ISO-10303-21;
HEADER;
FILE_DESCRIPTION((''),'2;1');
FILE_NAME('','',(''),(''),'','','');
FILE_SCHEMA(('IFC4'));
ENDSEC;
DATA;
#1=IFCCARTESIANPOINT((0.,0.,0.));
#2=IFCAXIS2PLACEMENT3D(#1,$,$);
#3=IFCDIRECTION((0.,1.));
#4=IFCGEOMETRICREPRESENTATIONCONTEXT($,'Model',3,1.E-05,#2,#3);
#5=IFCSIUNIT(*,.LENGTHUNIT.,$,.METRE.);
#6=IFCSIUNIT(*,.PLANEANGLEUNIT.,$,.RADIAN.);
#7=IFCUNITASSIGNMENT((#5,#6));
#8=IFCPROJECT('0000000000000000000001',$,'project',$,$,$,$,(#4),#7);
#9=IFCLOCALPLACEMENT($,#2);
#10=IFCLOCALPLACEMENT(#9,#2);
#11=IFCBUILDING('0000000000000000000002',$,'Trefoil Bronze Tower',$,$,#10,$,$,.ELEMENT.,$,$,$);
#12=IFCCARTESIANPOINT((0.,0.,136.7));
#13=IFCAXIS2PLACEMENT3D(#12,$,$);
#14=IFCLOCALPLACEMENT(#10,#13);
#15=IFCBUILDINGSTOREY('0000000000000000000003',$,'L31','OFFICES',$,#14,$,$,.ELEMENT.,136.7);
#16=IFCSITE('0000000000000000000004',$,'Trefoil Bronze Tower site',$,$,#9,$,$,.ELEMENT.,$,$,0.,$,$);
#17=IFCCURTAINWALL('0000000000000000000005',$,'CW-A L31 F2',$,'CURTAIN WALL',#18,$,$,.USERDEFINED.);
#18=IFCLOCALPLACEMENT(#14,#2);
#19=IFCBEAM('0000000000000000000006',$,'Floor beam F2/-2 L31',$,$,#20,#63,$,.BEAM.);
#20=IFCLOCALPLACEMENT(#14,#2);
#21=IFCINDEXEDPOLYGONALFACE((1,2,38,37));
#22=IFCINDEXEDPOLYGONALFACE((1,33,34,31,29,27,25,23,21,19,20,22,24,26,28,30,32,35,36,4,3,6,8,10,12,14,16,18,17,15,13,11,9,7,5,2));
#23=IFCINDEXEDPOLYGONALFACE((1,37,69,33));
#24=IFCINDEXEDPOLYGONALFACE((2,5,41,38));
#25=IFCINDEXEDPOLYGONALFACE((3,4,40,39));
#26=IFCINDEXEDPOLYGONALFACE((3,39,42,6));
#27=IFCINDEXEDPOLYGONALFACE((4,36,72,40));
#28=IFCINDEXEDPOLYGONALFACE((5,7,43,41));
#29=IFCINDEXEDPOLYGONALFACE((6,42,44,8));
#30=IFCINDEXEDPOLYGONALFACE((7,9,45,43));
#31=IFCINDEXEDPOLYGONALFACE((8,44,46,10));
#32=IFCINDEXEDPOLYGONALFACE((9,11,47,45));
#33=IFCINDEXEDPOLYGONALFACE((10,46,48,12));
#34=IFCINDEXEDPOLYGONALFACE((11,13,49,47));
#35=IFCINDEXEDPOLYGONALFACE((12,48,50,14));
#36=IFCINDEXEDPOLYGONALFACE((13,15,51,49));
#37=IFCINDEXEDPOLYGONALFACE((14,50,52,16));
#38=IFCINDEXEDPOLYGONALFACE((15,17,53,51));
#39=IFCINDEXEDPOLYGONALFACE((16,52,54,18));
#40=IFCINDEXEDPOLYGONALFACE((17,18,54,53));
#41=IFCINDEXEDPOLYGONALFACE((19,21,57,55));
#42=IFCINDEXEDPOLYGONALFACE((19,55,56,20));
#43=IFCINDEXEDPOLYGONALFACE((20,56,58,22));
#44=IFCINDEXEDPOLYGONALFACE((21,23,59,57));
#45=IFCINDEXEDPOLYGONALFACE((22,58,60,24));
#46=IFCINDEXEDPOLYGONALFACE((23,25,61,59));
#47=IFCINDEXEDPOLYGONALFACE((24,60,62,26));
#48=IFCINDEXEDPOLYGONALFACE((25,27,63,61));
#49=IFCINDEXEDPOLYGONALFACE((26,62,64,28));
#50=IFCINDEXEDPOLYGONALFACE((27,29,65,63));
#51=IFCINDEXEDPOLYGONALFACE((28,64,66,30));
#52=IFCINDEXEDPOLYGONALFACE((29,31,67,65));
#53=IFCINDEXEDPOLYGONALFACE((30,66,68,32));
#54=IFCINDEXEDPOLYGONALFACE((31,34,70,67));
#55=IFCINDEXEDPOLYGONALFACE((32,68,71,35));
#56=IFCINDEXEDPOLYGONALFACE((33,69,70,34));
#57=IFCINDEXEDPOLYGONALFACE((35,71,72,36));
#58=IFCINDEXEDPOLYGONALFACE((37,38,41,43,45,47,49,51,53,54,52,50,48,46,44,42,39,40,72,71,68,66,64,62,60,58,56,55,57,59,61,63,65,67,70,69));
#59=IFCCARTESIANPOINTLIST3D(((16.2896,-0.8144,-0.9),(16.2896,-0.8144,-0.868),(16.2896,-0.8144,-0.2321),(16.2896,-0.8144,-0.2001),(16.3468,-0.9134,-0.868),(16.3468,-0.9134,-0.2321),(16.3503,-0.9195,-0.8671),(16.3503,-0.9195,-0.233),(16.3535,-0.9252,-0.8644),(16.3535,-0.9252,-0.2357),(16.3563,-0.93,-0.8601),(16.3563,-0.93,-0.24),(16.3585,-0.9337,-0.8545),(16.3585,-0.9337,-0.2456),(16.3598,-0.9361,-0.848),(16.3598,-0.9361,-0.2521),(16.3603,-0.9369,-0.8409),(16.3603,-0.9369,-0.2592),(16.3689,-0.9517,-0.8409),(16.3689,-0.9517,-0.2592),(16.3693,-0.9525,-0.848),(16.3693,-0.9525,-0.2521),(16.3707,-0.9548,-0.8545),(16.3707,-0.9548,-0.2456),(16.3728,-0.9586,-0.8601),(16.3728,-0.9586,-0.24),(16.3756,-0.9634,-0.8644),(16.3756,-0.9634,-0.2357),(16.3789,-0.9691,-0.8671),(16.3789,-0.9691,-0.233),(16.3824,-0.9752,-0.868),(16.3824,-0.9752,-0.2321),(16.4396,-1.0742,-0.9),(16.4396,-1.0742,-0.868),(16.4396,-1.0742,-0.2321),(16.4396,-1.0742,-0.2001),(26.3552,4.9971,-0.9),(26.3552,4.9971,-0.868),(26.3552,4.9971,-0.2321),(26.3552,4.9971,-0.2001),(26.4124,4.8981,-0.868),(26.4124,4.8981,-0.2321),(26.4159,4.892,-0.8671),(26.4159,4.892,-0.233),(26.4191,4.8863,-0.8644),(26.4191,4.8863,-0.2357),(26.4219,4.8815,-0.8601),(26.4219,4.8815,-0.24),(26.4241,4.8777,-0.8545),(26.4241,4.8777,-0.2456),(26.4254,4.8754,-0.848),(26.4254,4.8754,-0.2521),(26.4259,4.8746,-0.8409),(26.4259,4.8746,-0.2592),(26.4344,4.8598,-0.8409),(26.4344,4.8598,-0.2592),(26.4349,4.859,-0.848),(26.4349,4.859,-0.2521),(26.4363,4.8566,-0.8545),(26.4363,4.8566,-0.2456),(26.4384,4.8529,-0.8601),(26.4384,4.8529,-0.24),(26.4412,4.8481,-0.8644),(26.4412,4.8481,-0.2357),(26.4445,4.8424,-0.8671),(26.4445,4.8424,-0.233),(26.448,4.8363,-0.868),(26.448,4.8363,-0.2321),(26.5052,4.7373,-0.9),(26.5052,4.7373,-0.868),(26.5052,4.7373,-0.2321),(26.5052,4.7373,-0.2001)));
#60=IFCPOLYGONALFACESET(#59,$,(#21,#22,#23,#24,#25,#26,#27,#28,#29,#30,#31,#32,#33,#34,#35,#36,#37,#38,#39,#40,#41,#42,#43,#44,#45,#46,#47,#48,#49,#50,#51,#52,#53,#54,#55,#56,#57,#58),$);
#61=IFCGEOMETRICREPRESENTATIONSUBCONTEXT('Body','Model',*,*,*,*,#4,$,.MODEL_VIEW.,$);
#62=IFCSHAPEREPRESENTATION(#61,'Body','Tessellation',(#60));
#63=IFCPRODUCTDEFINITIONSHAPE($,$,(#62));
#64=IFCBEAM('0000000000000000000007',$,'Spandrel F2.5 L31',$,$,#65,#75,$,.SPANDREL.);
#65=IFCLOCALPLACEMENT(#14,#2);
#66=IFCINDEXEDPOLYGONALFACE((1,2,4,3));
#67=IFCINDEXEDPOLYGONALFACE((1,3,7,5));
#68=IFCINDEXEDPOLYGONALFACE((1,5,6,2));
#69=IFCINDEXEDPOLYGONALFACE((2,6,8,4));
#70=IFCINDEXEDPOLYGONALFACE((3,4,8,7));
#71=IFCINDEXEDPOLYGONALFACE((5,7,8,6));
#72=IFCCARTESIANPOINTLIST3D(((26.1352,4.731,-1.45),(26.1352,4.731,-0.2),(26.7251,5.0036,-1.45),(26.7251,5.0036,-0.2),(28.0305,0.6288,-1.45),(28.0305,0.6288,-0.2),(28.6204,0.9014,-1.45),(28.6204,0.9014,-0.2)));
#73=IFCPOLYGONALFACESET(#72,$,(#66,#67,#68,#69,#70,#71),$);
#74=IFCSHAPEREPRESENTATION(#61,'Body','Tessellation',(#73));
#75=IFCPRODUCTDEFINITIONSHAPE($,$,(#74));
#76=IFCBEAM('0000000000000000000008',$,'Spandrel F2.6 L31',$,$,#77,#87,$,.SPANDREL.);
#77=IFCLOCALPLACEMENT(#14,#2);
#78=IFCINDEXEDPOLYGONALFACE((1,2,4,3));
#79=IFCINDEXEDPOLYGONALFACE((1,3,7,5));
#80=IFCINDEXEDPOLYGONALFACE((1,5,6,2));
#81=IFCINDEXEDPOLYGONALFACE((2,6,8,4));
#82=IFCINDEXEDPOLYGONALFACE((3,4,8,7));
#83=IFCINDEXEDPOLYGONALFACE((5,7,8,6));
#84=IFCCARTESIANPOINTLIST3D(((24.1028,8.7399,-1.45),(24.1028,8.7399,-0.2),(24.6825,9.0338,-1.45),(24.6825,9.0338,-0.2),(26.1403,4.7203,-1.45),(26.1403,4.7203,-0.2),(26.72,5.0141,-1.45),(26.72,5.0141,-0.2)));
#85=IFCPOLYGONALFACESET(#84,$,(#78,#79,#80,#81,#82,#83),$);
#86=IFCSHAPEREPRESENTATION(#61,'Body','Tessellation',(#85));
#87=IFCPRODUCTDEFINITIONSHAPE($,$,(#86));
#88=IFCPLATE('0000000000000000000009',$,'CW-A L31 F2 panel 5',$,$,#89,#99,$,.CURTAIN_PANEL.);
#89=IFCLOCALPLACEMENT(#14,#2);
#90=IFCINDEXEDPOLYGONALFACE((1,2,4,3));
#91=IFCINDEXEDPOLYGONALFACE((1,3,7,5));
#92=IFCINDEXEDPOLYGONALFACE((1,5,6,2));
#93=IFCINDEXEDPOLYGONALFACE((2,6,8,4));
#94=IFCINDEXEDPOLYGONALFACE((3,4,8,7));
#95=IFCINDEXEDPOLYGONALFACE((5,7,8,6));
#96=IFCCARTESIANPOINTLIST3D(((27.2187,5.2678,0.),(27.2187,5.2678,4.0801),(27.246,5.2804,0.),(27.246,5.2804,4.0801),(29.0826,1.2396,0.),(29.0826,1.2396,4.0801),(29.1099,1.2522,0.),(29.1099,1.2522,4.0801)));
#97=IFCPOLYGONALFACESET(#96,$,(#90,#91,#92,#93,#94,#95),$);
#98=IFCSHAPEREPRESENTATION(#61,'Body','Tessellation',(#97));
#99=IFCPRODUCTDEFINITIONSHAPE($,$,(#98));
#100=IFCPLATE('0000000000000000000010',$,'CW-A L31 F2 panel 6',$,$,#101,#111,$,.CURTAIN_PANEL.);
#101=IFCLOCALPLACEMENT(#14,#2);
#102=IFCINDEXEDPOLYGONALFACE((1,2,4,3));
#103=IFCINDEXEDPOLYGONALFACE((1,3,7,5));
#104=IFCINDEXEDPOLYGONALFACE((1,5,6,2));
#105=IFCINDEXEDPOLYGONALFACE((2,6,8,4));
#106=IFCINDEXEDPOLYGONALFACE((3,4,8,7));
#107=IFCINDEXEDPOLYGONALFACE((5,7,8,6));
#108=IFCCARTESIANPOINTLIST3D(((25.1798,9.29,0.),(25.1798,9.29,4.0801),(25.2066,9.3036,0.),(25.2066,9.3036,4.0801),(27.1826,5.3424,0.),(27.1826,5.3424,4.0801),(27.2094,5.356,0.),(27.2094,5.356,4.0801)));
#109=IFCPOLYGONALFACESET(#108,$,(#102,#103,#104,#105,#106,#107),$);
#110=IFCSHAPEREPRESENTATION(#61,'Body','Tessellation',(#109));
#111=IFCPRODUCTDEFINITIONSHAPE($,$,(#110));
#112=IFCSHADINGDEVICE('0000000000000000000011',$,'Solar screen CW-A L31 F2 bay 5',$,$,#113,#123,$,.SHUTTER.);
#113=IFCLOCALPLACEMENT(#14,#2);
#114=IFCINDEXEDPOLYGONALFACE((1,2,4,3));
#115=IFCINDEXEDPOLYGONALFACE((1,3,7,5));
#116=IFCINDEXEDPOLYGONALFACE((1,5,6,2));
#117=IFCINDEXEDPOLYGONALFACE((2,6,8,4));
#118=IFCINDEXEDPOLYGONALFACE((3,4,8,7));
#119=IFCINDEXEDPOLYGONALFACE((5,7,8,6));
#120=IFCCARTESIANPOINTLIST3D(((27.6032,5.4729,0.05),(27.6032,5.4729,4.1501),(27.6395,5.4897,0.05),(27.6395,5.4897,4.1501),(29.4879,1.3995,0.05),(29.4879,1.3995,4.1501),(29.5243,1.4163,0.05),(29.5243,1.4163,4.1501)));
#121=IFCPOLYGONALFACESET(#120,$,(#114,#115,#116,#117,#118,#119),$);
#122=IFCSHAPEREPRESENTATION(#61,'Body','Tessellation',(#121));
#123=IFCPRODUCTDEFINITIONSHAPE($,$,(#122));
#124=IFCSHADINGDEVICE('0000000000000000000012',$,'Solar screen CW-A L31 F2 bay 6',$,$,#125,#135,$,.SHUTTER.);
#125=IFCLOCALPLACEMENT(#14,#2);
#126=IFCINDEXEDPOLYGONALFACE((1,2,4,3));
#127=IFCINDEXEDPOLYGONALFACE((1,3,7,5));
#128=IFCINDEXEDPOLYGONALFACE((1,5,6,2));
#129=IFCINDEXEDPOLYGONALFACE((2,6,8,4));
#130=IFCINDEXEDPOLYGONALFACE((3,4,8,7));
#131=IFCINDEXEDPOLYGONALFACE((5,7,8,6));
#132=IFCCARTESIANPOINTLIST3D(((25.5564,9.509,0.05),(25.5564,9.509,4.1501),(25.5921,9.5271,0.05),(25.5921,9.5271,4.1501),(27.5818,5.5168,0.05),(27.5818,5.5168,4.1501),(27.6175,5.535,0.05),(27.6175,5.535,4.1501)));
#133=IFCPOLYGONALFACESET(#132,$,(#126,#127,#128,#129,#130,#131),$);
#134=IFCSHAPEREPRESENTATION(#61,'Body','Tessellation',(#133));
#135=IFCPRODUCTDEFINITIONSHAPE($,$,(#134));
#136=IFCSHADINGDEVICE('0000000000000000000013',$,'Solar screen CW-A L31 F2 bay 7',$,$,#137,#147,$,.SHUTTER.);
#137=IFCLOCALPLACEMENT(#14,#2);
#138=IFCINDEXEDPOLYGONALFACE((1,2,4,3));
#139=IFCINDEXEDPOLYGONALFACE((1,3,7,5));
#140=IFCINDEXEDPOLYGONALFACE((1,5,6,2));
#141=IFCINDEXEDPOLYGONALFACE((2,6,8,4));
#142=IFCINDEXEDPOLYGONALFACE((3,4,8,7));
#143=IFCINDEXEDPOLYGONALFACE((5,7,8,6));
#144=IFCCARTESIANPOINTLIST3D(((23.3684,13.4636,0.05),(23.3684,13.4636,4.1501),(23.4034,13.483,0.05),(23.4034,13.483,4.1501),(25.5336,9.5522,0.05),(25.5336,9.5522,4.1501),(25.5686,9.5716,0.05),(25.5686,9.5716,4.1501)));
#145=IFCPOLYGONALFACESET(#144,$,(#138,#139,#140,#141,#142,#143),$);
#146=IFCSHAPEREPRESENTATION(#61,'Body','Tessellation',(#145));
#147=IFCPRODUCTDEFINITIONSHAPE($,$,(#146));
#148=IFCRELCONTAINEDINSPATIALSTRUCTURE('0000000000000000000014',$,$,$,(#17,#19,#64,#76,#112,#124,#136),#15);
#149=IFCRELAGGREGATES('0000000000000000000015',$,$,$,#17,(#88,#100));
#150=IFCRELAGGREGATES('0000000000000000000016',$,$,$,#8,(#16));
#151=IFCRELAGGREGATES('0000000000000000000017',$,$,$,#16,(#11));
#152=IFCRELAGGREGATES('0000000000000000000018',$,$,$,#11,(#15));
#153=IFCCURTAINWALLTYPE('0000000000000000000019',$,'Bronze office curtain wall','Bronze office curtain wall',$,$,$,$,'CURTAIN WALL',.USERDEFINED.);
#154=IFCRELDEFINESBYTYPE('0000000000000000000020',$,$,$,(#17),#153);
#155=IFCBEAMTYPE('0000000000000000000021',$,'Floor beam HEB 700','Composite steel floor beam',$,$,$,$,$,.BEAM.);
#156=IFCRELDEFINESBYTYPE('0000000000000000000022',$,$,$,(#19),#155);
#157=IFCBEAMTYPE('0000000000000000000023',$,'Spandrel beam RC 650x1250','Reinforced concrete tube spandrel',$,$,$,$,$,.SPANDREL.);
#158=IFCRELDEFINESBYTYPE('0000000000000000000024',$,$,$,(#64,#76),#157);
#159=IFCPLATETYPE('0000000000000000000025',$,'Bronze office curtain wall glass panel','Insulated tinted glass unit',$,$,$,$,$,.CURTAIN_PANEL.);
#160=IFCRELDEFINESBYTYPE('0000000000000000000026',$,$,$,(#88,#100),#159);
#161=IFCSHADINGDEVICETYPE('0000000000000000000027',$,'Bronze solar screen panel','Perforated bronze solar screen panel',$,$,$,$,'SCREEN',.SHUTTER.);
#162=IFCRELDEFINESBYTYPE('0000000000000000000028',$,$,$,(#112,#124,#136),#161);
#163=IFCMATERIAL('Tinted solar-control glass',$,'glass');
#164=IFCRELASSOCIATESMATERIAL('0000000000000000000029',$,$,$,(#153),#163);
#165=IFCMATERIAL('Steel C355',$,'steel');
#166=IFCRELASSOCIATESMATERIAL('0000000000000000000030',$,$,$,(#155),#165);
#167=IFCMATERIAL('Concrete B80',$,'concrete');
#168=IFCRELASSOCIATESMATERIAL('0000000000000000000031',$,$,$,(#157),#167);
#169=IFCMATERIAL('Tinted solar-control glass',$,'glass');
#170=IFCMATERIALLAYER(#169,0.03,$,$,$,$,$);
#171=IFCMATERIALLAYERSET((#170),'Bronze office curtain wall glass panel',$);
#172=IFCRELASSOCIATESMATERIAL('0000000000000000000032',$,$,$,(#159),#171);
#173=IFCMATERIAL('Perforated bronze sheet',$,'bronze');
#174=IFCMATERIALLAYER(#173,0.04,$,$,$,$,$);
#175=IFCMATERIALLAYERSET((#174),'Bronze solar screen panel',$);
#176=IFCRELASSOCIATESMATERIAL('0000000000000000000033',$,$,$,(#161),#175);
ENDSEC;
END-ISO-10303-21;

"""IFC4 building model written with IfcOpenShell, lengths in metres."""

from ifc_helpers import new_model, si_unit, direction, frame, origin, origin_2d, place, context, subcontext, project, spatial, rectangle, i_section, extrude, material, layer, layer_set, material_profile, profile_set, type_object, element, aggregate, save


model = new_model("IFC4")

# Units and contexts
model_context = context("Model", 3, precision=1e-05, world=origin(), true_north=direction((0.0, 1.0)))
body_context = subcontext(model_context, "Body", "Model", "MODEL_VIEW")
ifc_project = project(units=[si_unit("LENGTHUNIT", "METRE"), si_unit("PLANEANGLEUNIT", "RADIAN")], contexts=[model_context])

# Site, building, storey
site_placement = place(None, origin())
site = spatial("IfcSite", under=ifc_project, at=site_placement, Name="Trefoil Bronze Tower site", CompositionType="ELEMENT", RefElevation=0.0)
building_placement = place(site_placement, origin())
building = spatial("IfcBuilding", under=site, at=building_placement, Name="Trefoil Bronze Tower", CompositionType="ELEMENT")
storey_placement = place(building_placement, frame((0.0, 0.0, 136.7)))
storey = spatial("IfcBuildingStorey", under=building, at=storey_placement, Name="L31", Description="OFFICES", CompositionType="ELEMENT", Elevation=136.7)

# Curtain wall
ifc_material_1 = material(Name="Tinted solar-control glass", Category="glass")
curtain_wall_type = type_object("IfcCurtainWallType", Name="Bronze office curtain wall", Description="Bronze office curtain wall", ElementType="CURTAIN WALL", PredefinedType="USERDEFINED", material=ifc_material_1)
curtain_wall_placement = place(storey_placement, origin())
curtain_wall = element("IfcCurtainWall", 1, at=curtain_wall_placement, inside=storey, type_object=curtain_wall_type, Name="CW-A L31 F2", ObjectType="CURTAIN WALL", PredefinedType="USERDEFINED")

# Beams
ifc_material_2 = material(Name="Steel C355", Category="steel")
ifc_material_profile_1 = material_profile(ifc_material_2, i_section(OverallWidth=0.3, OverallDepth=0.7, WebThickness=0.0171, FlangeThickness=0.032, FilletRadius=0.0271, at=origin_2d()), Name="HEB 700")
ifc_profile_set_1 = profile_set([ifc_material_profile_1], Name="Steel C355")
beam_type_1 = type_object("IfcBeamType", Name="Floor beam HEB 700", Description="Composite steel floor beam", PredefinedType="BEAM", material=ifc_profile_set_1)
beam_1_placement = place(storey_placement, frame((26.4302, 4.8672, -0.55), z_axis=(-0.866022, -0.500007, 0.0), x_axis=(0.500007, -0.866022, 0.0)))
element("IfcBeam", 2, at=beam_1_placement, inside=storey, type_object=beam_type_1, Name="Floor beam F2/-2 L31", PredefinedType="BEAM", context=body_context, shape_type="SweptSolid", body=[
    extrude(i_section(OverallWidth=0.3, OverallDepth=0.7, WebThickness=0.0171, FlangeThickness=0.032, FilletRadius=0.0271, at=origin_2d()), origin(), (0.0, 0.0, 1.0), 11.6228),
])
ifc_material_3 = material(Name="Concrete B80", Category="concrete")
ifc_material_profile_2 = material_profile(ifc_material_3, rectangle(XDim=0.6499, YDim=1.25, at=origin_2d()), Name="RC 650x1250")
ifc_profile_set_2 = profile_set([ifc_material_profile_2], Name="Concrete B80")
beam_type_2 = type_object("IfcBeamType", Name="Spandrel beam RC 650x1250", Description="Reinforced concrete tube spandrel", PredefinedType="SPANDREL", material=ifc_profile_set_2)
beam_2_placement = place(storey_placement, frame((28.3254, 0.7651, -0.825), z_axis=(-0.419425, 0.90779, 0.0), x_axis=(-0.90779, -0.419425, 0.0)))
element("IfcBeam", 3, at=beam_2_placement, inside=storey, type_object=beam_type_2, Name="Spandrel F2.5 L31", PredefinedType="SPANDREL", context=body_context, shape_type="SweptSolid", body=[
    extrude(rectangle(XDim=0.6499, YDim=1.25, at=origin_2d()), origin(), (0.0, 0.0, 1.0), 4.5188),
])
beam_3_placement = place(storey_placement, frame((26.4302, 4.8672, -0.825), z_axis=(-0.452126, 0.891954, 0.0), x_axis=(-0.891954, -0.452126, 0.0)))
element("IfcBeam", 4, at=beam_3_placement, inside=storey, type_object=beam_type_2, Name="Spandrel F2.6 L31", PredefinedType="SPANDREL", context=body_context, shape_type="SweptSolid", body=[
    extrude(rectangle(XDim=0.6499, YDim=1.25, at=origin_2d()), origin(), (0.0, 0.0, 1.0), 4.5066),
])

# Plates
ifc_material_4 = material(Name="Tinted solar-control glass", Category="glass")
ifc_layer_1 = layer(ifc_material_4, 0.03)
ifc_layer_set_1 = layer_set([ifc_layer_1], Name="Bronze office curtain wall glass panel")
plate_type = type_object("IfcPlateType", Name="Bronze office curtain wall glass panel", Description="Insulated tinted glass unit", PredefinedType="CURTAIN_PANEL", material=ifc_layer_set_1)
plate_1_placement = place(storey_placement, frame((28.1643, 3.26, 0.0), z_axis=(0.0, 0.0, 1.0), x_axis=(-0.419933, 0.907555, 0.0)))
plate_1 = element("IfcPlate", 5, at=plate_1_placement, type_object=plate_type, Name="CW-A L31 F2 panel 5", PredefinedType="CURTAIN_PANEL", context=body_context, shape_type="SweptSolid", body=[
    extrude(rectangle(XDim=4.4385, YDim=0.03, at=origin_2d()), origin(), (0.0, 0.0, 1.0), 4.0801),
])
plate_2_placement = place(storey_placement, frame((26.1946, 7.323, 0.0), z_axis=(0.0, 0.0, 1.0), x_axis=(-0.452449, 0.89179, 0.0)))
plate_2 = element("IfcPlate", 6, at=plate_2_placement, type_object=plate_type, Name="CW-A L31 F2 panel 6", PredefinedType="CURTAIN_PANEL", context=body_context, shape_type="SweptSolid", body=[
    extrude(rectangle(XDim=4.4265, YDim=0.03, at=origin_2d()), origin(), (0.0, 0.0, 1.0), 4.0801),
])
aggregate(curtain_wall, [plate_1, plate_2])

# Shading devices
ifc_material_5 = material(Name="Perforated bronze sheet", Category="bronze")
ifc_layer_2 = layer(ifc_material_5, 0.04)
ifc_layer_set_2 = layer_set([ifc_layer_2], Name="Bronze solar screen panel")
shading_device_type = type_object("IfcShadingDeviceType", Name="Bronze solar screen panel", Description="Perforated bronze solar screen panel", ElementType="SCREEN", PredefinedType="SHUTTER", material=ifc_layer_set_2)
shading_device_1_placement = place(storey_placement, frame((28.5637, 3.4446, 0.05), z_axis=(0.0, 0.0, 1.0), x_axis=(-0.419933, 0.907555, 0.0)))
element("IfcShadingDevice", 7, at=shading_device_1_placement, inside=storey, type_object=shading_device_type, Name="Solar screen CW-A L31 F2 bay 5", PredefinedType="SHUTTER", context=body_context, shape_type="SweptSolid", body=[
    extrude(rectangle(XDim=4.4883, YDim=0.04, at=origin_2d()), origin(), (0.0, 0.0, 1.0), 4.1001),
])
shading_device_2_placement = place(storey_placement, frame((26.5869, 7.522, 0.05), z_axis=(0.0, 0.0, 1.0), x_axis=(-0.452449, 0.89179, 0.0)))
element("IfcShadingDevice", 8, at=shading_device_2_placement, inside=storey, type_object=shading_device_type, Name="Solar screen CW-A L31 F2 bay 6", PredefinedType="SHUTTER", context=body_context, shape_type="SweptSolid", body=[
    extrude(rectangle(XDim=4.4766, YDim=0.04, at=origin_2d()), origin(), (0.0, 0.0, 1.0), 4.1001),
])
shading_device_3_placement = place(storey_placement, frame((24.4685, 11.5176, 0.05), z_axis=(0.0, 0.0, 1.0), x_axis=(-0.484312, 0.874895, 0.0)))
element("IfcShadingDevice", 9, at=shading_device_3_placement, inside=storey, type_object=shading_device_type, Name="Solar screen CW-A L31 F2 bay 7", PredefinedType="SHUTTER", context=body_context, shape_type="SweptSolid", body=[
    extrude(rectangle(XDim=4.4707, YDim=0.04, at=origin_2d()), origin(), (0.0, 0.0, 1.0), 4.1001),
])

save(model, "model.ifc")
